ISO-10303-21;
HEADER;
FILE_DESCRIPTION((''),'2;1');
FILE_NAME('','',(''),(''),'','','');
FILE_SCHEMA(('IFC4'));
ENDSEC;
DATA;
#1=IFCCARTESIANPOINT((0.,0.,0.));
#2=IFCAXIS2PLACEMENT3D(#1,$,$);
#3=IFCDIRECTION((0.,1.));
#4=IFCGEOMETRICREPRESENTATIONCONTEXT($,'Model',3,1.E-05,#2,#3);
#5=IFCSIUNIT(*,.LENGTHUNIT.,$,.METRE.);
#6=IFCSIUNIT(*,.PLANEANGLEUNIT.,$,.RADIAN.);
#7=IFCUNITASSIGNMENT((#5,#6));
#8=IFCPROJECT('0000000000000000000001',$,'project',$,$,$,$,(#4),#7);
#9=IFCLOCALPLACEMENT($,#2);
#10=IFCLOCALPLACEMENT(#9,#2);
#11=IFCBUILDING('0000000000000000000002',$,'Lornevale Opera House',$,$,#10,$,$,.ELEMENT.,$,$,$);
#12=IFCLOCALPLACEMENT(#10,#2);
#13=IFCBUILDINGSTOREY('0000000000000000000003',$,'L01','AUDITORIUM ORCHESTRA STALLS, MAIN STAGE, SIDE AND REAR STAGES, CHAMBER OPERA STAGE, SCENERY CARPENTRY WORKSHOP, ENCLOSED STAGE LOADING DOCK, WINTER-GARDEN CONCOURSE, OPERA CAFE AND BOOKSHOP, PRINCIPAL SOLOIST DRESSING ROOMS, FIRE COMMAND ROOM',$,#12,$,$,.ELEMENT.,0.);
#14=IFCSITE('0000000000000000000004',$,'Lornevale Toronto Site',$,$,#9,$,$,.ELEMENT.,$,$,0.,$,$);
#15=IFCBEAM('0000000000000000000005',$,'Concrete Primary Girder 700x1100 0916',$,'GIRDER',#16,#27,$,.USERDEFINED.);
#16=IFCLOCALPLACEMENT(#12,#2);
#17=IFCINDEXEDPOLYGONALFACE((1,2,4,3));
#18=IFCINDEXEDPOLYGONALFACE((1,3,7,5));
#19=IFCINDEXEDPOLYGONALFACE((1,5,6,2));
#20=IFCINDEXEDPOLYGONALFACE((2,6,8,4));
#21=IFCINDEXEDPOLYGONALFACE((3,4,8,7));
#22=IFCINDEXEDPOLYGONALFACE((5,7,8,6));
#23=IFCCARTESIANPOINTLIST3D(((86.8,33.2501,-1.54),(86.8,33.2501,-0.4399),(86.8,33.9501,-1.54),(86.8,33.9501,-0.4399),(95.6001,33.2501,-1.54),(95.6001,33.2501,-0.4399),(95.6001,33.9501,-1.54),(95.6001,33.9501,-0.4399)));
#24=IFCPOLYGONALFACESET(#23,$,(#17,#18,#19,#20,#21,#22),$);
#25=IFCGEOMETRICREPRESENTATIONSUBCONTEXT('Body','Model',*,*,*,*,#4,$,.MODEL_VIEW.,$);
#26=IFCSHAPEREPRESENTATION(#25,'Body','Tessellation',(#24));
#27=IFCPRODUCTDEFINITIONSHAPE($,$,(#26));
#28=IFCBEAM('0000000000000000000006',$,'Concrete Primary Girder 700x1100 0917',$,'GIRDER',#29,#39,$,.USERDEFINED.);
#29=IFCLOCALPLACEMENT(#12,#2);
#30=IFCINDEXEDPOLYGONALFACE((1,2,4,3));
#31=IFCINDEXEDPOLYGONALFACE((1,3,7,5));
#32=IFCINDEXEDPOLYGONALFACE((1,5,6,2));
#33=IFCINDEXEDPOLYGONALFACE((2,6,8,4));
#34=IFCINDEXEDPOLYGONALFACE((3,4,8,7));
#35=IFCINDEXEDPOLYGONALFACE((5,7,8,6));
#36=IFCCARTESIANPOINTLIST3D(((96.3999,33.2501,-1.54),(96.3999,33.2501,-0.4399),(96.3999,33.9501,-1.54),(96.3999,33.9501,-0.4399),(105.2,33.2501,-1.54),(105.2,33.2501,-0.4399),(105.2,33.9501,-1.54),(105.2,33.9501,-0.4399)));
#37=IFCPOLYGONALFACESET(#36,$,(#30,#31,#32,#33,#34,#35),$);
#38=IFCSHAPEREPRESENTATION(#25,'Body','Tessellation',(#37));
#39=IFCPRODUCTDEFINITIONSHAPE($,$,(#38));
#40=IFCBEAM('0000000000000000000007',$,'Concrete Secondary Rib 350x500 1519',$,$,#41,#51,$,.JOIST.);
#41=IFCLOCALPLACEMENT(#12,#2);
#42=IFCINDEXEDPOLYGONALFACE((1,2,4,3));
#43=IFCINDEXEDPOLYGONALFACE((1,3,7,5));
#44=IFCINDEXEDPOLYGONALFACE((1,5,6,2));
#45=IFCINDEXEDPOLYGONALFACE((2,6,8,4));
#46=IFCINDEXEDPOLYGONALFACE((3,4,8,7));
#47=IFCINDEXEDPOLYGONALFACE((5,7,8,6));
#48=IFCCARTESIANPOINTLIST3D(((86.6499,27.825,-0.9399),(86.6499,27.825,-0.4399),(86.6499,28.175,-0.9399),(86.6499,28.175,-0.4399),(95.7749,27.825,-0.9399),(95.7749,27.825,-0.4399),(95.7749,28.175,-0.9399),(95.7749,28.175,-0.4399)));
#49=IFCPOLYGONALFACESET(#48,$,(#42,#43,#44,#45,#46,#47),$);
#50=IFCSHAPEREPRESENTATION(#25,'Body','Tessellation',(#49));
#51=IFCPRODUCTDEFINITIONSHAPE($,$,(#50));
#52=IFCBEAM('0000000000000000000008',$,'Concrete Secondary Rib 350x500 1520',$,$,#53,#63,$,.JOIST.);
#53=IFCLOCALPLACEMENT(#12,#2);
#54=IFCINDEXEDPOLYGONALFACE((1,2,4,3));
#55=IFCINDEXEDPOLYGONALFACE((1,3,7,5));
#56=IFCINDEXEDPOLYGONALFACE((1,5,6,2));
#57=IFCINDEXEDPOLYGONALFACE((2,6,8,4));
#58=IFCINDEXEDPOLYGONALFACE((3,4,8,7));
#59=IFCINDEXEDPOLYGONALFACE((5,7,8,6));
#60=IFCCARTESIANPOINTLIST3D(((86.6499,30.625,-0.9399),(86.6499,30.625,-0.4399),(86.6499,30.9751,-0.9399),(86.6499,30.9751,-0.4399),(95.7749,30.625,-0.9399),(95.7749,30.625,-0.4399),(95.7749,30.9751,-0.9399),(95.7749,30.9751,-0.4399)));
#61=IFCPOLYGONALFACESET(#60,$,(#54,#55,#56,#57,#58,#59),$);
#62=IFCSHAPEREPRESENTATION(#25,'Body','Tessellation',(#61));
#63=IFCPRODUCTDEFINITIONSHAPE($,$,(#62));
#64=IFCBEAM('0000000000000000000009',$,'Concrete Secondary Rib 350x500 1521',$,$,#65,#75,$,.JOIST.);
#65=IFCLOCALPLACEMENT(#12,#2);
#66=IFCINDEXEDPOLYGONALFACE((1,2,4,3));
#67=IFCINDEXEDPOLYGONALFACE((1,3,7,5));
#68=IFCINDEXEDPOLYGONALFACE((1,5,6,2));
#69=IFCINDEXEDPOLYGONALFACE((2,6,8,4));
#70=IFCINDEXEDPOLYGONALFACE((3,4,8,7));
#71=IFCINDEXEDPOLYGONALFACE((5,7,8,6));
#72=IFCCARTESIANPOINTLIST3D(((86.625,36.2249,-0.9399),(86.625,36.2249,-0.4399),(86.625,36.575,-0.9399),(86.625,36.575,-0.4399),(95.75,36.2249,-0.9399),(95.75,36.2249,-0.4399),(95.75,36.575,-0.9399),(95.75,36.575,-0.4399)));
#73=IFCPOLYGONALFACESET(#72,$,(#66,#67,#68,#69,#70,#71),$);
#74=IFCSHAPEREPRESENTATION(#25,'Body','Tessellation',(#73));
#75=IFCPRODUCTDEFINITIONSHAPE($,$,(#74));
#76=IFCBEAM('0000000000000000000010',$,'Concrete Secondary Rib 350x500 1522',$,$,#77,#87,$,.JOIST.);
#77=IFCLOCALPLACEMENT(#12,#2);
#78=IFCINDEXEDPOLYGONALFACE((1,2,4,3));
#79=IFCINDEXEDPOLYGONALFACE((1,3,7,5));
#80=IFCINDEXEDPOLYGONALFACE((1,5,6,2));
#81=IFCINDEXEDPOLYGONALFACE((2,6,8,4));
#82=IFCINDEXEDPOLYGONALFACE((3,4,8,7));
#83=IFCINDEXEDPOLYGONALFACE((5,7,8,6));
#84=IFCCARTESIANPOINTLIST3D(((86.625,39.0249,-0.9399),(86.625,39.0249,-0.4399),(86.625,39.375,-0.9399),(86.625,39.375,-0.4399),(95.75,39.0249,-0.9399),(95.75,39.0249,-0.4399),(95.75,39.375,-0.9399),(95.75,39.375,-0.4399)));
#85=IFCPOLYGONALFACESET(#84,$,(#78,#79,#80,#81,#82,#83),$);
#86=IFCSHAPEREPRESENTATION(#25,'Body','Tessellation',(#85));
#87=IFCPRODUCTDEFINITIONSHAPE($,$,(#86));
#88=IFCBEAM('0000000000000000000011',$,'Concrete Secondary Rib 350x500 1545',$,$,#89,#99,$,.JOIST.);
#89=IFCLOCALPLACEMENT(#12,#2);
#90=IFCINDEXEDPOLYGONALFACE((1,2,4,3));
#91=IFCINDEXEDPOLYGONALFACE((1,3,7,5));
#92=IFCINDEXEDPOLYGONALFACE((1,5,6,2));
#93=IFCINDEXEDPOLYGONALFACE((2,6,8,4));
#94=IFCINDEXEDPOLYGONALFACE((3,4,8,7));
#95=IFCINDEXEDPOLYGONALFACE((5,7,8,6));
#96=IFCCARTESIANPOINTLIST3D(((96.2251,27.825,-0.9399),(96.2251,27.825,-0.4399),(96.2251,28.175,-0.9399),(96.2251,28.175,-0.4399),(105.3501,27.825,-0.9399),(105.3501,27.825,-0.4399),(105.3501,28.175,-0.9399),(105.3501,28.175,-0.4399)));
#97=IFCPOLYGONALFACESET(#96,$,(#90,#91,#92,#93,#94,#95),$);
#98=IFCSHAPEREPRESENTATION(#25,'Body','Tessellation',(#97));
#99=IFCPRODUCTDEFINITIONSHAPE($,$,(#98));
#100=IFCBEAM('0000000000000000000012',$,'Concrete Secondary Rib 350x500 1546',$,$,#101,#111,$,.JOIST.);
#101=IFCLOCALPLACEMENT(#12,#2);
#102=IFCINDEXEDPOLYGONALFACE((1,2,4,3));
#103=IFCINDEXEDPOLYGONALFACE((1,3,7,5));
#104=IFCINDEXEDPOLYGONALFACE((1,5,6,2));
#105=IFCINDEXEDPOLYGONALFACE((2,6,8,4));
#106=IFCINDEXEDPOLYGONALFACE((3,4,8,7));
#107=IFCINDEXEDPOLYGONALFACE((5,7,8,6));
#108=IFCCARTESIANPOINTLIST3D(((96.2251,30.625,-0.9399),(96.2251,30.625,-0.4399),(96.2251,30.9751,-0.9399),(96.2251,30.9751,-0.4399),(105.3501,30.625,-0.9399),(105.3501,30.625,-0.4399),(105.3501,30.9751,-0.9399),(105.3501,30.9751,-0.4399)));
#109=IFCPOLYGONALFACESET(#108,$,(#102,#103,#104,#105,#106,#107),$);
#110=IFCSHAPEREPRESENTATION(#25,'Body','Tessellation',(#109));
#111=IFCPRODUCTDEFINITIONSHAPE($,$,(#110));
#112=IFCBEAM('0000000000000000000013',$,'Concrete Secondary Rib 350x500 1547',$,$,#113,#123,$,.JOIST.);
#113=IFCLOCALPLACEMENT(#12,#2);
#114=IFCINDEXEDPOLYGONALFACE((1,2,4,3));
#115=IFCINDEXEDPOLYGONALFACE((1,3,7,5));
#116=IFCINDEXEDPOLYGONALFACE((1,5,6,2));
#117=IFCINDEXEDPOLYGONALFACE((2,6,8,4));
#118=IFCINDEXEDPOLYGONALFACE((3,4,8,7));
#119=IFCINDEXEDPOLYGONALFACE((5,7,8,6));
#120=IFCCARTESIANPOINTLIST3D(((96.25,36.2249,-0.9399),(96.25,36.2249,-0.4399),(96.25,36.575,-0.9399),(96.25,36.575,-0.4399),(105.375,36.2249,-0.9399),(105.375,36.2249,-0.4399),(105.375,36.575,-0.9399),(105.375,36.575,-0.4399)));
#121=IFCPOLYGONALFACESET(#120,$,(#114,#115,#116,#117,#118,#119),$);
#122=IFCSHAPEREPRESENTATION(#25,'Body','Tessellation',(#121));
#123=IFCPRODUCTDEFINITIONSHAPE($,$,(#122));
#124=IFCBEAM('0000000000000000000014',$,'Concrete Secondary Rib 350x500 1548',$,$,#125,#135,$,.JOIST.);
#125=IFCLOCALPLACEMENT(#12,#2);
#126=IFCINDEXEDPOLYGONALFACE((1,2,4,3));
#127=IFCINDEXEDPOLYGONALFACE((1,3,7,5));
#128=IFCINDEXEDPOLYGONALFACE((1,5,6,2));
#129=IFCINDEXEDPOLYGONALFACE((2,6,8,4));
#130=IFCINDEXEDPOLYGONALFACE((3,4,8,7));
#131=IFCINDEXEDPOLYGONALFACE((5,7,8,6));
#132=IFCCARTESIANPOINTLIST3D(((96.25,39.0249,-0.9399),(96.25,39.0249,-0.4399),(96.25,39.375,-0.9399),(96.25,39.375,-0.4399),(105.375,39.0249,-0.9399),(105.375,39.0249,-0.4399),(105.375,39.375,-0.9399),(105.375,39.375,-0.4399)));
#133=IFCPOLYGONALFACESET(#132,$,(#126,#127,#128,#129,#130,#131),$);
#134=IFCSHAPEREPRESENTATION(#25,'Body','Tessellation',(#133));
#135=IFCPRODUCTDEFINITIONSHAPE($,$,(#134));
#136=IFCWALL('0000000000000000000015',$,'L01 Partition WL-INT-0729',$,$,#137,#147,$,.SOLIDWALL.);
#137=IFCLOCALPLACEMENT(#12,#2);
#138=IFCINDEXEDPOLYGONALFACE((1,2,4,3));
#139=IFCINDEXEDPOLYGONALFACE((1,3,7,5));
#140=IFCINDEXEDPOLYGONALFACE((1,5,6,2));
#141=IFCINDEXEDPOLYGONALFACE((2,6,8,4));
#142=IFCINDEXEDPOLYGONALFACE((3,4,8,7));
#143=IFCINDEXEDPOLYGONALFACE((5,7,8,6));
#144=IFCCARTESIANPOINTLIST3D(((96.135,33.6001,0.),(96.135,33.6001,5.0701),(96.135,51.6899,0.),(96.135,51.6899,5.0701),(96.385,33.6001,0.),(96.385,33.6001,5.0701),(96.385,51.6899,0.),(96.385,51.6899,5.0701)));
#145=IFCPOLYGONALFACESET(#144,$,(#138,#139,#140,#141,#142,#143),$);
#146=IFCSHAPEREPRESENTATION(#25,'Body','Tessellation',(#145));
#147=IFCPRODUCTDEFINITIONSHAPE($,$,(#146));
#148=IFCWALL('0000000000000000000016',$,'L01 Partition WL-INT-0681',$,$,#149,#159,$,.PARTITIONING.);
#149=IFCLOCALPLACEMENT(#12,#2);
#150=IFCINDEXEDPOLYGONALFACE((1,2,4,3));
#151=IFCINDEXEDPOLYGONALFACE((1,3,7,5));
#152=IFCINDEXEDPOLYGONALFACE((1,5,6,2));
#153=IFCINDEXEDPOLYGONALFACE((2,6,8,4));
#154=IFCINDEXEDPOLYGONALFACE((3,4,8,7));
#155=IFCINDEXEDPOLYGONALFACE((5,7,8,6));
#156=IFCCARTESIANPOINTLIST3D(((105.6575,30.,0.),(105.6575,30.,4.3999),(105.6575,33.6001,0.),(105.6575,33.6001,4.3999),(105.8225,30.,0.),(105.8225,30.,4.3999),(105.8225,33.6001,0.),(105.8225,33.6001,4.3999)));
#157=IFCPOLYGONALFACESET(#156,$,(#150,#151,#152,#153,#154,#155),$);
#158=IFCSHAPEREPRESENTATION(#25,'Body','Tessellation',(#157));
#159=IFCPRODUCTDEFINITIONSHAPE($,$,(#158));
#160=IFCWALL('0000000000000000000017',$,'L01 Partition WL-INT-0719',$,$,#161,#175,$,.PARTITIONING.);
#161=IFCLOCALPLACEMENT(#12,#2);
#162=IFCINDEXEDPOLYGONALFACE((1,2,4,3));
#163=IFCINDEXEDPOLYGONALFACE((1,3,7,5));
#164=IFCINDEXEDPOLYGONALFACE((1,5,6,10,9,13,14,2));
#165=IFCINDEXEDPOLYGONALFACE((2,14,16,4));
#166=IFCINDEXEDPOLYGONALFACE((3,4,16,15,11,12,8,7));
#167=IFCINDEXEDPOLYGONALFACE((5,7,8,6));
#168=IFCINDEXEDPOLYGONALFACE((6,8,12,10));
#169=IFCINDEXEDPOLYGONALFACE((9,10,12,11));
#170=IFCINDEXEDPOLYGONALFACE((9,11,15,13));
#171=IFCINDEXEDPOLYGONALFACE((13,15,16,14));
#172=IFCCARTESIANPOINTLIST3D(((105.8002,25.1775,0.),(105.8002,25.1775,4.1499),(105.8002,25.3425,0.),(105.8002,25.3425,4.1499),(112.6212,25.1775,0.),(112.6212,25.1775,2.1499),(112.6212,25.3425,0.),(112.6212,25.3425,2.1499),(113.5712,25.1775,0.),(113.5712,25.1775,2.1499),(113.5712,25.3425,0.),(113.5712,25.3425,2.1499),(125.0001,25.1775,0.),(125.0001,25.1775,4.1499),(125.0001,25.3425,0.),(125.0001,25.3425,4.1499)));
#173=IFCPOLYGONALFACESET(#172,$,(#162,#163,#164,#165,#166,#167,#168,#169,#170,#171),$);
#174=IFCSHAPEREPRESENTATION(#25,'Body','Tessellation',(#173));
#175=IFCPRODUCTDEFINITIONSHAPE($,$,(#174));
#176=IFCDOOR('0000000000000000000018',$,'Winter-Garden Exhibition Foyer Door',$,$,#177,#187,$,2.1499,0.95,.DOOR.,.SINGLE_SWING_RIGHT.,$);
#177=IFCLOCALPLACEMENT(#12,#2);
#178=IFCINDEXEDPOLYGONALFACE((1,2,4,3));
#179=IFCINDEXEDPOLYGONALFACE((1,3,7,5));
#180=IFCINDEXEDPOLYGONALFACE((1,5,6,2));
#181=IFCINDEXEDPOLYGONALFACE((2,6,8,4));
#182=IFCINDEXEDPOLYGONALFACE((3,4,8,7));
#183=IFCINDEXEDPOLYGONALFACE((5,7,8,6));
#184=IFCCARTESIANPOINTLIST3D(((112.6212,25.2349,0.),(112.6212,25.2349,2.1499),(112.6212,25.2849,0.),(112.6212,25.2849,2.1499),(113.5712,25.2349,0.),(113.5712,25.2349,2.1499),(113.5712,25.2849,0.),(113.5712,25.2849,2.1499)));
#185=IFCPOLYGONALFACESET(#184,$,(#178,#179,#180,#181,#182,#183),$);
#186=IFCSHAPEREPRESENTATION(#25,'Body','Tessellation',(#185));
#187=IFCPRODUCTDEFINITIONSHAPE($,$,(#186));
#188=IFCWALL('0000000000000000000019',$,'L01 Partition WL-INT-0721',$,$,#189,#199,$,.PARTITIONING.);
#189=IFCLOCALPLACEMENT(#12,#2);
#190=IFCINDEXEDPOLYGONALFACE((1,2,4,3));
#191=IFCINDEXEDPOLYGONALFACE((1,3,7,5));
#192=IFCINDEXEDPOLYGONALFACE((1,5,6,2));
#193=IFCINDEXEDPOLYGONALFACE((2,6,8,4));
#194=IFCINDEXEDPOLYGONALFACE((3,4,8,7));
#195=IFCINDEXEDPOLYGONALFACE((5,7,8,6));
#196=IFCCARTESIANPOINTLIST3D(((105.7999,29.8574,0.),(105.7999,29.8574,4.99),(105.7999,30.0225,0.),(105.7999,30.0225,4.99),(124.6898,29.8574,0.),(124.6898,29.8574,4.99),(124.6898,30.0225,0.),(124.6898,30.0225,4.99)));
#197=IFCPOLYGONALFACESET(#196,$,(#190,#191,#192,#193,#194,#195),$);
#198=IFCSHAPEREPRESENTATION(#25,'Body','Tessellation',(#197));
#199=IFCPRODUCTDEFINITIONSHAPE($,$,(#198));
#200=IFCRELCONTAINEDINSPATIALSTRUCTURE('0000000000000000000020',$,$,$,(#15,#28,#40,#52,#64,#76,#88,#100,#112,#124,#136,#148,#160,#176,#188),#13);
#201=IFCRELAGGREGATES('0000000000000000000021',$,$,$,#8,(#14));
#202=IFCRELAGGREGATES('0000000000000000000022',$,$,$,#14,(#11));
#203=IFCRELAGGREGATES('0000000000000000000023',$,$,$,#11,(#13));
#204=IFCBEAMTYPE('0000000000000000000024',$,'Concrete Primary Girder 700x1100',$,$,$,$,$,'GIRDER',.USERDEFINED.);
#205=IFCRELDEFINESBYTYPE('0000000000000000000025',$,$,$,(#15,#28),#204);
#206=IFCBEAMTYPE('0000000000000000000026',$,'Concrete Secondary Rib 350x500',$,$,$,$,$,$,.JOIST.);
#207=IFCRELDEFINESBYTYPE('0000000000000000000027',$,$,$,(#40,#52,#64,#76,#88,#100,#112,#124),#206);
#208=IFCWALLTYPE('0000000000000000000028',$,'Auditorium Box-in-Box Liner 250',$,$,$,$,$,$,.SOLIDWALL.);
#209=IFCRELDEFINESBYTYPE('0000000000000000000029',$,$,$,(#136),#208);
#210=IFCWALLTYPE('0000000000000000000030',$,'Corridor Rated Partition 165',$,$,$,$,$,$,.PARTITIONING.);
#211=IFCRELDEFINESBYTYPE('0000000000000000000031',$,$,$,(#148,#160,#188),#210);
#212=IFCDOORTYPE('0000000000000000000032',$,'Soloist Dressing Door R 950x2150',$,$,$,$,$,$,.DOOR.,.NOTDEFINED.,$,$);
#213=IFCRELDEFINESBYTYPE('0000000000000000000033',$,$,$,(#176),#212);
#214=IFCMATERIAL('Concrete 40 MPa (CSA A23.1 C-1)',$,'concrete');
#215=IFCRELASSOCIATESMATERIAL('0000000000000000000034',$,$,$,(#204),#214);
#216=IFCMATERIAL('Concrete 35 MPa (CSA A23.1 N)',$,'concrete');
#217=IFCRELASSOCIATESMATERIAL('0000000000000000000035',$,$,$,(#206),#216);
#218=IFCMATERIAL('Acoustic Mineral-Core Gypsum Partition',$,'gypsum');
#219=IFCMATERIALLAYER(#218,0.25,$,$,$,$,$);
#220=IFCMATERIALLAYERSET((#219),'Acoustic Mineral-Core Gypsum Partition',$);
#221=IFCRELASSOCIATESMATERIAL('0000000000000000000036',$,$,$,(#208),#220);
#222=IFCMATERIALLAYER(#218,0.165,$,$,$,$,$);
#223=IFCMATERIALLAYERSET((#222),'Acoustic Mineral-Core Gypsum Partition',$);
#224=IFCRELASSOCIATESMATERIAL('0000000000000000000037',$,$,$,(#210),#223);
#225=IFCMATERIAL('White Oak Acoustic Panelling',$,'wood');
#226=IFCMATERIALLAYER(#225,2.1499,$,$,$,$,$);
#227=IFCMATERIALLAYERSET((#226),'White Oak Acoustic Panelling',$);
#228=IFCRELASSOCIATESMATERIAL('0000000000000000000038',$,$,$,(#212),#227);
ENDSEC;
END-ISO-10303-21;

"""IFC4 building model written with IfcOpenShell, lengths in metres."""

from ifc_helpers import new_model, si_unit, direction, frame, frame_2d, origin, origin_2d, place, context, subcontext, project, spatial, rectangle, extrude, material, layer, layer_set, material_profile, profile_set, type_object, element, fill, save


model = new_model("IFC4")

# Units and contexts
model_context = context("Model", 3, precision=1e-05, world=origin(), true_north=direction((0.0, 1.0)))
body_context = subcontext(model_context, "Body", "Model", "MODEL_VIEW")
ifc_project = project(units=[si_unit("LENGTHUNIT", "METRE"), si_unit("PLANEANGLEUNIT", "RADIAN")], contexts=[model_context])

# Site, building, storey
site_placement = place(None, origin())
site = spatial("IfcSite", under=ifc_project, at=site_placement, Name="Lornevale Toronto Site", CompositionType="ELEMENT", RefElevation=0.0)
building_placement = place(site_placement, origin())
building = spatial("IfcBuilding", under=site, at=building_placement, Name="Lornevale Opera House", CompositionType="ELEMENT")
storey_placement = place(building_placement, origin())
storey = spatial("IfcBuildingStorey", under=building, at=storey_placement, Name="L01", Description="AUDITORIUM ORCHESTRA STALLS, MAIN STAGE, SIDE AND REAR STAGES, CHAMBER OPERA STAGE, SCENERY CARPENTRY WORKSHOP, ENCLOSED STAGE LOADING DOCK, WINTER-GARDEN CONCOURSE, OPERA CAFE AND BOOKSHOP, PRINCIPAL SOLOIST DRESSING ROOMS, FIRE COMMAND ROOM", CompositionType="ELEMENT", Elevation=0.0)

# Shared definitions
ifc_material_1 = material(Name="Concrete 40 MPa (CSA A23.1 C-1)", Category="concrete")

# Beams
ifc_material_2 = material(Name="Concrete 35 MPa (CSA A23.1 N)", Category="concrete")
ifc_material_profile_1 = material_profile(ifc_material_1, rectangle(XDim=0.7, YDim=1.1001, at=origin_2d()), Name="RC700x1100")
ifc_profile_set_1 = profile_set([ifc_material_profile_1], Name="Concrete 40 MPa (CSA A23.1 C-1)")
beam_type_1 = type_object("IfcBeamType", Name="Concrete Primary Girder 700x1100", ElementType="GIRDER", PredefinedType="USERDEFINED", material=ifc_profile_set_1)
for number, where, z_axis, x_axis, name in (
    (1, (86.8, 33.6001, -0.99), (1.0, 0.0, 0.0), (0.0, 1.0, 0.0), "Concrete Primary Girder 700x1100 0916"),
    (2, (96.3999, 33.6001, -0.99), (1.0, 0.0, 0.0), (0.0, 1.0, 0.0), "Concrete Primary Girder 700x1100 0917"),
):
    element("IfcBeam", number, at=place(storey_placement, frame(where, z_axis=z_axis, x_axis=x_axis)), inside=storey, type_object=beam_type_1, Name=name, ObjectType="GIRDER", PredefinedType="USERDEFINED", context=body_context, shape_type="SweptSolid", body=[
        extrude(rectangle(XDim=0.7, YDim=1.1001, at=origin_2d()), origin(), (0.0, 0.0, 1.0), 8.8),
    ])
ifc_material_profile_2 = material_profile(ifc_material_2, rectangle(XDim=0.3501, YDim=0.5, at=origin_2d()), Name="RC350x500")
ifc_profile_set_2 = profile_set([ifc_material_profile_2], Name="Concrete 35 MPa (CSA A23.1 N)")
beam_type_2 = type_object("IfcBeamType", Name="Concrete Secondary Rib 350x500", PredefinedType="JOIST", material=ifc_profile_set_2)
for number, where, z_axis, x_axis, name in (
    (3, (86.6499, 28.0, -0.6899), (1.0, 0.0, 0.0), (0.0, 1.0, 0.0), "Concrete Secondary Rib 350x500 1519"),
    (4, (86.6499, 30.8, -0.6899), (1.0, 0.0, 0.0), (0.0, 1.0, 0.0), "Concrete Secondary Rib 350x500 1520"),
    (5, (86.625, 36.3999, -0.6899), (1.0, 0.0, 0.0), (0.0, 1.0, 0.0), "Concrete Secondary Rib 350x500 1521"),
    (6, (86.625, 39.2, -0.6899), (1.0, 0.0, 0.0), (0.0, 1.0, 0.0), "Concrete Secondary Rib 350x500 1522"),
    (7, (96.2251, 28.0, -0.6899), (1.0, 0.0, 0.0), (0.0, 1.0, 0.0), "Concrete Secondary Rib 350x500 1545"),
    (8, (96.2251, 30.8, -0.6899), (1.0, 0.0, 0.0), (0.0, 1.0, 0.0), "Concrete Secondary Rib 350x500 1546"),
    (9, (96.25, 36.3999, -0.6899), (1.0, 0.0, 0.0), (0.0, 1.0, 0.0), "Concrete Secondary Rib 350x500 1547"),
    (10, (96.25, 39.2, -0.6899), (1.0, 0.0, 0.0), (0.0, 1.0, 0.0), "Concrete Secondary Rib 350x500 1548"),
):
    element("IfcBeam", number, at=place(storey_placement, frame(where, z_axis=z_axis, x_axis=x_axis)), inside=storey, type_object=beam_type_2, Name=name, PredefinedType="JOIST", context=body_context, shape_type="SweptSolid", body=[
        extrude(rectangle(XDim=0.3501, YDim=0.5, at=origin_2d()), origin(), (0.0, 0.0, 1.0), 9.125),
    ])

# Walls
ifc_material_3 = material(Name="Acoustic Mineral-Core Gypsum Partition", Category="gypsum")
ifc_layer_1 = layer(ifc_material_3, 0.25)
ifc_layer_set_1 = layer_set([ifc_layer_1], Name="Acoustic Mineral-Core Gypsum Partition")
wall_type_1 = type_object("IfcWallType", Name="Auditorium Box-in-Box Liner 250", PredefinedType="SOLIDWALL", material=ifc_layer_set_1)
wall_1_placement = place(storey_placement, frame((96.26, 33.6001, 0.0), z_axis=(0.0, 0.0, 1.0), x_axis=(0.0, 1.0, 0.0)))
element("IfcWall", 11, at=wall_1_placement, inside=storey, type_object=wall_type_1, Name="L01 Partition WL-INT-0729", PredefinedType="SOLIDWALL", context=body_context, shape_type="SweptSolid", body=[
    extrude(rectangle(XDim=18.0898, YDim=0.25, at=frame_2d((9.0449, 0.0))), origin(), (0.0, 0.0, 1.0), 5.0701),
])
ifc_layer_2 = layer(ifc_material_3, 0.165)
ifc_layer_set_2 = layer_set([ifc_layer_2], Name="Acoustic Mineral-Core Gypsum Partition")
wall_type_2 = type_object("IfcWallType", Name="Corridor Rated Partition 165", PredefinedType="PARTITIONING", material=ifc_layer_set_2)
wall_2_placement = place(storey_placement, frame((105.74, 30.0, 0.0), z_axis=(0.0, 0.0, 1.0), x_axis=(0.0, 1.0, 0.0)))
element("IfcWall", 12, at=wall_2_placement, inside=storey, type_object=wall_type_2, Name="L01 Partition WL-INT-0681", PredefinedType="PARTITIONING", context=body_context, shape_type="SweptSolid", body=[
    extrude(rectangle(XDim=3.6001, YDim=0.165, at=frame_2d((1.8, 0.0))), origin(), (0.0, 0.0, 1.0), 4.3999),
])

# Wall, opening, door
wall_3_placement = place(storey_placement, frame((105.8, 25.26, 0.0), z_axis=(0.0, 0.0, 1.0), x_axis=(1.0, 0.0, 0.0)))
wall_3 = element("IfcWall", 13, at=wall_3_placement, inside=storey, type_object=wall_type_2, Name="L01 Partition WL-INT-0719", PredefinedType="PARTITIONING", context=body_context, shape_type="SweptSolid", body=[
    extrude(rectangle(XDim=19.2, YDim=0.165, at=frame_2d((9.6001, 0.0))), origin(), (0.0, 0.0, 1.0), 4.1499),
])
opening_placement = place(wall_3_placement, frame((6.821, 0.0, 0.0)))
opening = element("IfcOpeningElement", 14, at=opening_placement, cuts=wall_3, PredefinedType="OPENING", context=body_context, shape_type="SweptSolid", body=[
    extrude(rectangle(XDim=0.95, YDim=2.1499, at=frame_2d((0.4751, 1.075))), frame((0.0, 0.0925, 0.0), z_axis=(0.0, -1.0, 0.0), x_axis=(1.0, 0.0, 0.0)), (0.0, 0.0, 1.0), 0.1851),
])
ifc_material_4 = material(Name="White Oak Acoustic Panelling", Category="wood")
ifc_layer_3 = layer(ifc_material_4, 2.1499)
ifc_layer_set_3 = layer_set([ifc_layer_3], Name="White Oak Acoustic Panelling")
door_type = type_object("IfcDoorType", Name="Soloist Dressing Door R 950x2150", OperationType="NOTDEFINED", PredefinedType="DOOR", material=ifc_layer_set_3)
door_placement = place(opening_placement, origin())
door = element("IfcDoor", 15, at=door_placement, inside=storey, type_object=door_type, Name="Winter-Garden Exhibition Foyer Door", OperationType="SINGLE_SWING_RIGHT", OverallHeight=2.1499, OverallWidth=0.95, PredefinedType="DOOR", context=body_context, shape_type="SweptSolid", body=[
    extrude(rectangle(XDim=0.95, YDim=2.1499, at=frame_2d((0.4751, 1.075))), frame((0.0, 0.0249, 0.0), z_axis=(0.0, -1.0, 0.0), x_axis=(1.0, 0.0, 0.0)), (0.0, 0.0, 1.0), 0.05),
])
fill(opening, door)

# Wall
wall_4_placement = place(storey_placement, frame((105.8, 29.9399, 0.0), z_axis=(0.0, 0.0, 1.0), x_axis=(1.0, 0.0, 0.0)))
element("IfcWall", 16, at=wall_4_placement, inside=storey, type_object=wall_type_2, Name="L01 Partition WL-INT-0721", PredefinedType="PARTITIONING", context=body_context, shape_type="SweptSolid", body=[
    extrude(rectangle(XDim=18.8899, YDim=0.165, at=frame_2d((9.4448, 0.0))), origin(), (0.0, 0.0, 1.0), 4.99),
])

save(model, "model.ifc")
